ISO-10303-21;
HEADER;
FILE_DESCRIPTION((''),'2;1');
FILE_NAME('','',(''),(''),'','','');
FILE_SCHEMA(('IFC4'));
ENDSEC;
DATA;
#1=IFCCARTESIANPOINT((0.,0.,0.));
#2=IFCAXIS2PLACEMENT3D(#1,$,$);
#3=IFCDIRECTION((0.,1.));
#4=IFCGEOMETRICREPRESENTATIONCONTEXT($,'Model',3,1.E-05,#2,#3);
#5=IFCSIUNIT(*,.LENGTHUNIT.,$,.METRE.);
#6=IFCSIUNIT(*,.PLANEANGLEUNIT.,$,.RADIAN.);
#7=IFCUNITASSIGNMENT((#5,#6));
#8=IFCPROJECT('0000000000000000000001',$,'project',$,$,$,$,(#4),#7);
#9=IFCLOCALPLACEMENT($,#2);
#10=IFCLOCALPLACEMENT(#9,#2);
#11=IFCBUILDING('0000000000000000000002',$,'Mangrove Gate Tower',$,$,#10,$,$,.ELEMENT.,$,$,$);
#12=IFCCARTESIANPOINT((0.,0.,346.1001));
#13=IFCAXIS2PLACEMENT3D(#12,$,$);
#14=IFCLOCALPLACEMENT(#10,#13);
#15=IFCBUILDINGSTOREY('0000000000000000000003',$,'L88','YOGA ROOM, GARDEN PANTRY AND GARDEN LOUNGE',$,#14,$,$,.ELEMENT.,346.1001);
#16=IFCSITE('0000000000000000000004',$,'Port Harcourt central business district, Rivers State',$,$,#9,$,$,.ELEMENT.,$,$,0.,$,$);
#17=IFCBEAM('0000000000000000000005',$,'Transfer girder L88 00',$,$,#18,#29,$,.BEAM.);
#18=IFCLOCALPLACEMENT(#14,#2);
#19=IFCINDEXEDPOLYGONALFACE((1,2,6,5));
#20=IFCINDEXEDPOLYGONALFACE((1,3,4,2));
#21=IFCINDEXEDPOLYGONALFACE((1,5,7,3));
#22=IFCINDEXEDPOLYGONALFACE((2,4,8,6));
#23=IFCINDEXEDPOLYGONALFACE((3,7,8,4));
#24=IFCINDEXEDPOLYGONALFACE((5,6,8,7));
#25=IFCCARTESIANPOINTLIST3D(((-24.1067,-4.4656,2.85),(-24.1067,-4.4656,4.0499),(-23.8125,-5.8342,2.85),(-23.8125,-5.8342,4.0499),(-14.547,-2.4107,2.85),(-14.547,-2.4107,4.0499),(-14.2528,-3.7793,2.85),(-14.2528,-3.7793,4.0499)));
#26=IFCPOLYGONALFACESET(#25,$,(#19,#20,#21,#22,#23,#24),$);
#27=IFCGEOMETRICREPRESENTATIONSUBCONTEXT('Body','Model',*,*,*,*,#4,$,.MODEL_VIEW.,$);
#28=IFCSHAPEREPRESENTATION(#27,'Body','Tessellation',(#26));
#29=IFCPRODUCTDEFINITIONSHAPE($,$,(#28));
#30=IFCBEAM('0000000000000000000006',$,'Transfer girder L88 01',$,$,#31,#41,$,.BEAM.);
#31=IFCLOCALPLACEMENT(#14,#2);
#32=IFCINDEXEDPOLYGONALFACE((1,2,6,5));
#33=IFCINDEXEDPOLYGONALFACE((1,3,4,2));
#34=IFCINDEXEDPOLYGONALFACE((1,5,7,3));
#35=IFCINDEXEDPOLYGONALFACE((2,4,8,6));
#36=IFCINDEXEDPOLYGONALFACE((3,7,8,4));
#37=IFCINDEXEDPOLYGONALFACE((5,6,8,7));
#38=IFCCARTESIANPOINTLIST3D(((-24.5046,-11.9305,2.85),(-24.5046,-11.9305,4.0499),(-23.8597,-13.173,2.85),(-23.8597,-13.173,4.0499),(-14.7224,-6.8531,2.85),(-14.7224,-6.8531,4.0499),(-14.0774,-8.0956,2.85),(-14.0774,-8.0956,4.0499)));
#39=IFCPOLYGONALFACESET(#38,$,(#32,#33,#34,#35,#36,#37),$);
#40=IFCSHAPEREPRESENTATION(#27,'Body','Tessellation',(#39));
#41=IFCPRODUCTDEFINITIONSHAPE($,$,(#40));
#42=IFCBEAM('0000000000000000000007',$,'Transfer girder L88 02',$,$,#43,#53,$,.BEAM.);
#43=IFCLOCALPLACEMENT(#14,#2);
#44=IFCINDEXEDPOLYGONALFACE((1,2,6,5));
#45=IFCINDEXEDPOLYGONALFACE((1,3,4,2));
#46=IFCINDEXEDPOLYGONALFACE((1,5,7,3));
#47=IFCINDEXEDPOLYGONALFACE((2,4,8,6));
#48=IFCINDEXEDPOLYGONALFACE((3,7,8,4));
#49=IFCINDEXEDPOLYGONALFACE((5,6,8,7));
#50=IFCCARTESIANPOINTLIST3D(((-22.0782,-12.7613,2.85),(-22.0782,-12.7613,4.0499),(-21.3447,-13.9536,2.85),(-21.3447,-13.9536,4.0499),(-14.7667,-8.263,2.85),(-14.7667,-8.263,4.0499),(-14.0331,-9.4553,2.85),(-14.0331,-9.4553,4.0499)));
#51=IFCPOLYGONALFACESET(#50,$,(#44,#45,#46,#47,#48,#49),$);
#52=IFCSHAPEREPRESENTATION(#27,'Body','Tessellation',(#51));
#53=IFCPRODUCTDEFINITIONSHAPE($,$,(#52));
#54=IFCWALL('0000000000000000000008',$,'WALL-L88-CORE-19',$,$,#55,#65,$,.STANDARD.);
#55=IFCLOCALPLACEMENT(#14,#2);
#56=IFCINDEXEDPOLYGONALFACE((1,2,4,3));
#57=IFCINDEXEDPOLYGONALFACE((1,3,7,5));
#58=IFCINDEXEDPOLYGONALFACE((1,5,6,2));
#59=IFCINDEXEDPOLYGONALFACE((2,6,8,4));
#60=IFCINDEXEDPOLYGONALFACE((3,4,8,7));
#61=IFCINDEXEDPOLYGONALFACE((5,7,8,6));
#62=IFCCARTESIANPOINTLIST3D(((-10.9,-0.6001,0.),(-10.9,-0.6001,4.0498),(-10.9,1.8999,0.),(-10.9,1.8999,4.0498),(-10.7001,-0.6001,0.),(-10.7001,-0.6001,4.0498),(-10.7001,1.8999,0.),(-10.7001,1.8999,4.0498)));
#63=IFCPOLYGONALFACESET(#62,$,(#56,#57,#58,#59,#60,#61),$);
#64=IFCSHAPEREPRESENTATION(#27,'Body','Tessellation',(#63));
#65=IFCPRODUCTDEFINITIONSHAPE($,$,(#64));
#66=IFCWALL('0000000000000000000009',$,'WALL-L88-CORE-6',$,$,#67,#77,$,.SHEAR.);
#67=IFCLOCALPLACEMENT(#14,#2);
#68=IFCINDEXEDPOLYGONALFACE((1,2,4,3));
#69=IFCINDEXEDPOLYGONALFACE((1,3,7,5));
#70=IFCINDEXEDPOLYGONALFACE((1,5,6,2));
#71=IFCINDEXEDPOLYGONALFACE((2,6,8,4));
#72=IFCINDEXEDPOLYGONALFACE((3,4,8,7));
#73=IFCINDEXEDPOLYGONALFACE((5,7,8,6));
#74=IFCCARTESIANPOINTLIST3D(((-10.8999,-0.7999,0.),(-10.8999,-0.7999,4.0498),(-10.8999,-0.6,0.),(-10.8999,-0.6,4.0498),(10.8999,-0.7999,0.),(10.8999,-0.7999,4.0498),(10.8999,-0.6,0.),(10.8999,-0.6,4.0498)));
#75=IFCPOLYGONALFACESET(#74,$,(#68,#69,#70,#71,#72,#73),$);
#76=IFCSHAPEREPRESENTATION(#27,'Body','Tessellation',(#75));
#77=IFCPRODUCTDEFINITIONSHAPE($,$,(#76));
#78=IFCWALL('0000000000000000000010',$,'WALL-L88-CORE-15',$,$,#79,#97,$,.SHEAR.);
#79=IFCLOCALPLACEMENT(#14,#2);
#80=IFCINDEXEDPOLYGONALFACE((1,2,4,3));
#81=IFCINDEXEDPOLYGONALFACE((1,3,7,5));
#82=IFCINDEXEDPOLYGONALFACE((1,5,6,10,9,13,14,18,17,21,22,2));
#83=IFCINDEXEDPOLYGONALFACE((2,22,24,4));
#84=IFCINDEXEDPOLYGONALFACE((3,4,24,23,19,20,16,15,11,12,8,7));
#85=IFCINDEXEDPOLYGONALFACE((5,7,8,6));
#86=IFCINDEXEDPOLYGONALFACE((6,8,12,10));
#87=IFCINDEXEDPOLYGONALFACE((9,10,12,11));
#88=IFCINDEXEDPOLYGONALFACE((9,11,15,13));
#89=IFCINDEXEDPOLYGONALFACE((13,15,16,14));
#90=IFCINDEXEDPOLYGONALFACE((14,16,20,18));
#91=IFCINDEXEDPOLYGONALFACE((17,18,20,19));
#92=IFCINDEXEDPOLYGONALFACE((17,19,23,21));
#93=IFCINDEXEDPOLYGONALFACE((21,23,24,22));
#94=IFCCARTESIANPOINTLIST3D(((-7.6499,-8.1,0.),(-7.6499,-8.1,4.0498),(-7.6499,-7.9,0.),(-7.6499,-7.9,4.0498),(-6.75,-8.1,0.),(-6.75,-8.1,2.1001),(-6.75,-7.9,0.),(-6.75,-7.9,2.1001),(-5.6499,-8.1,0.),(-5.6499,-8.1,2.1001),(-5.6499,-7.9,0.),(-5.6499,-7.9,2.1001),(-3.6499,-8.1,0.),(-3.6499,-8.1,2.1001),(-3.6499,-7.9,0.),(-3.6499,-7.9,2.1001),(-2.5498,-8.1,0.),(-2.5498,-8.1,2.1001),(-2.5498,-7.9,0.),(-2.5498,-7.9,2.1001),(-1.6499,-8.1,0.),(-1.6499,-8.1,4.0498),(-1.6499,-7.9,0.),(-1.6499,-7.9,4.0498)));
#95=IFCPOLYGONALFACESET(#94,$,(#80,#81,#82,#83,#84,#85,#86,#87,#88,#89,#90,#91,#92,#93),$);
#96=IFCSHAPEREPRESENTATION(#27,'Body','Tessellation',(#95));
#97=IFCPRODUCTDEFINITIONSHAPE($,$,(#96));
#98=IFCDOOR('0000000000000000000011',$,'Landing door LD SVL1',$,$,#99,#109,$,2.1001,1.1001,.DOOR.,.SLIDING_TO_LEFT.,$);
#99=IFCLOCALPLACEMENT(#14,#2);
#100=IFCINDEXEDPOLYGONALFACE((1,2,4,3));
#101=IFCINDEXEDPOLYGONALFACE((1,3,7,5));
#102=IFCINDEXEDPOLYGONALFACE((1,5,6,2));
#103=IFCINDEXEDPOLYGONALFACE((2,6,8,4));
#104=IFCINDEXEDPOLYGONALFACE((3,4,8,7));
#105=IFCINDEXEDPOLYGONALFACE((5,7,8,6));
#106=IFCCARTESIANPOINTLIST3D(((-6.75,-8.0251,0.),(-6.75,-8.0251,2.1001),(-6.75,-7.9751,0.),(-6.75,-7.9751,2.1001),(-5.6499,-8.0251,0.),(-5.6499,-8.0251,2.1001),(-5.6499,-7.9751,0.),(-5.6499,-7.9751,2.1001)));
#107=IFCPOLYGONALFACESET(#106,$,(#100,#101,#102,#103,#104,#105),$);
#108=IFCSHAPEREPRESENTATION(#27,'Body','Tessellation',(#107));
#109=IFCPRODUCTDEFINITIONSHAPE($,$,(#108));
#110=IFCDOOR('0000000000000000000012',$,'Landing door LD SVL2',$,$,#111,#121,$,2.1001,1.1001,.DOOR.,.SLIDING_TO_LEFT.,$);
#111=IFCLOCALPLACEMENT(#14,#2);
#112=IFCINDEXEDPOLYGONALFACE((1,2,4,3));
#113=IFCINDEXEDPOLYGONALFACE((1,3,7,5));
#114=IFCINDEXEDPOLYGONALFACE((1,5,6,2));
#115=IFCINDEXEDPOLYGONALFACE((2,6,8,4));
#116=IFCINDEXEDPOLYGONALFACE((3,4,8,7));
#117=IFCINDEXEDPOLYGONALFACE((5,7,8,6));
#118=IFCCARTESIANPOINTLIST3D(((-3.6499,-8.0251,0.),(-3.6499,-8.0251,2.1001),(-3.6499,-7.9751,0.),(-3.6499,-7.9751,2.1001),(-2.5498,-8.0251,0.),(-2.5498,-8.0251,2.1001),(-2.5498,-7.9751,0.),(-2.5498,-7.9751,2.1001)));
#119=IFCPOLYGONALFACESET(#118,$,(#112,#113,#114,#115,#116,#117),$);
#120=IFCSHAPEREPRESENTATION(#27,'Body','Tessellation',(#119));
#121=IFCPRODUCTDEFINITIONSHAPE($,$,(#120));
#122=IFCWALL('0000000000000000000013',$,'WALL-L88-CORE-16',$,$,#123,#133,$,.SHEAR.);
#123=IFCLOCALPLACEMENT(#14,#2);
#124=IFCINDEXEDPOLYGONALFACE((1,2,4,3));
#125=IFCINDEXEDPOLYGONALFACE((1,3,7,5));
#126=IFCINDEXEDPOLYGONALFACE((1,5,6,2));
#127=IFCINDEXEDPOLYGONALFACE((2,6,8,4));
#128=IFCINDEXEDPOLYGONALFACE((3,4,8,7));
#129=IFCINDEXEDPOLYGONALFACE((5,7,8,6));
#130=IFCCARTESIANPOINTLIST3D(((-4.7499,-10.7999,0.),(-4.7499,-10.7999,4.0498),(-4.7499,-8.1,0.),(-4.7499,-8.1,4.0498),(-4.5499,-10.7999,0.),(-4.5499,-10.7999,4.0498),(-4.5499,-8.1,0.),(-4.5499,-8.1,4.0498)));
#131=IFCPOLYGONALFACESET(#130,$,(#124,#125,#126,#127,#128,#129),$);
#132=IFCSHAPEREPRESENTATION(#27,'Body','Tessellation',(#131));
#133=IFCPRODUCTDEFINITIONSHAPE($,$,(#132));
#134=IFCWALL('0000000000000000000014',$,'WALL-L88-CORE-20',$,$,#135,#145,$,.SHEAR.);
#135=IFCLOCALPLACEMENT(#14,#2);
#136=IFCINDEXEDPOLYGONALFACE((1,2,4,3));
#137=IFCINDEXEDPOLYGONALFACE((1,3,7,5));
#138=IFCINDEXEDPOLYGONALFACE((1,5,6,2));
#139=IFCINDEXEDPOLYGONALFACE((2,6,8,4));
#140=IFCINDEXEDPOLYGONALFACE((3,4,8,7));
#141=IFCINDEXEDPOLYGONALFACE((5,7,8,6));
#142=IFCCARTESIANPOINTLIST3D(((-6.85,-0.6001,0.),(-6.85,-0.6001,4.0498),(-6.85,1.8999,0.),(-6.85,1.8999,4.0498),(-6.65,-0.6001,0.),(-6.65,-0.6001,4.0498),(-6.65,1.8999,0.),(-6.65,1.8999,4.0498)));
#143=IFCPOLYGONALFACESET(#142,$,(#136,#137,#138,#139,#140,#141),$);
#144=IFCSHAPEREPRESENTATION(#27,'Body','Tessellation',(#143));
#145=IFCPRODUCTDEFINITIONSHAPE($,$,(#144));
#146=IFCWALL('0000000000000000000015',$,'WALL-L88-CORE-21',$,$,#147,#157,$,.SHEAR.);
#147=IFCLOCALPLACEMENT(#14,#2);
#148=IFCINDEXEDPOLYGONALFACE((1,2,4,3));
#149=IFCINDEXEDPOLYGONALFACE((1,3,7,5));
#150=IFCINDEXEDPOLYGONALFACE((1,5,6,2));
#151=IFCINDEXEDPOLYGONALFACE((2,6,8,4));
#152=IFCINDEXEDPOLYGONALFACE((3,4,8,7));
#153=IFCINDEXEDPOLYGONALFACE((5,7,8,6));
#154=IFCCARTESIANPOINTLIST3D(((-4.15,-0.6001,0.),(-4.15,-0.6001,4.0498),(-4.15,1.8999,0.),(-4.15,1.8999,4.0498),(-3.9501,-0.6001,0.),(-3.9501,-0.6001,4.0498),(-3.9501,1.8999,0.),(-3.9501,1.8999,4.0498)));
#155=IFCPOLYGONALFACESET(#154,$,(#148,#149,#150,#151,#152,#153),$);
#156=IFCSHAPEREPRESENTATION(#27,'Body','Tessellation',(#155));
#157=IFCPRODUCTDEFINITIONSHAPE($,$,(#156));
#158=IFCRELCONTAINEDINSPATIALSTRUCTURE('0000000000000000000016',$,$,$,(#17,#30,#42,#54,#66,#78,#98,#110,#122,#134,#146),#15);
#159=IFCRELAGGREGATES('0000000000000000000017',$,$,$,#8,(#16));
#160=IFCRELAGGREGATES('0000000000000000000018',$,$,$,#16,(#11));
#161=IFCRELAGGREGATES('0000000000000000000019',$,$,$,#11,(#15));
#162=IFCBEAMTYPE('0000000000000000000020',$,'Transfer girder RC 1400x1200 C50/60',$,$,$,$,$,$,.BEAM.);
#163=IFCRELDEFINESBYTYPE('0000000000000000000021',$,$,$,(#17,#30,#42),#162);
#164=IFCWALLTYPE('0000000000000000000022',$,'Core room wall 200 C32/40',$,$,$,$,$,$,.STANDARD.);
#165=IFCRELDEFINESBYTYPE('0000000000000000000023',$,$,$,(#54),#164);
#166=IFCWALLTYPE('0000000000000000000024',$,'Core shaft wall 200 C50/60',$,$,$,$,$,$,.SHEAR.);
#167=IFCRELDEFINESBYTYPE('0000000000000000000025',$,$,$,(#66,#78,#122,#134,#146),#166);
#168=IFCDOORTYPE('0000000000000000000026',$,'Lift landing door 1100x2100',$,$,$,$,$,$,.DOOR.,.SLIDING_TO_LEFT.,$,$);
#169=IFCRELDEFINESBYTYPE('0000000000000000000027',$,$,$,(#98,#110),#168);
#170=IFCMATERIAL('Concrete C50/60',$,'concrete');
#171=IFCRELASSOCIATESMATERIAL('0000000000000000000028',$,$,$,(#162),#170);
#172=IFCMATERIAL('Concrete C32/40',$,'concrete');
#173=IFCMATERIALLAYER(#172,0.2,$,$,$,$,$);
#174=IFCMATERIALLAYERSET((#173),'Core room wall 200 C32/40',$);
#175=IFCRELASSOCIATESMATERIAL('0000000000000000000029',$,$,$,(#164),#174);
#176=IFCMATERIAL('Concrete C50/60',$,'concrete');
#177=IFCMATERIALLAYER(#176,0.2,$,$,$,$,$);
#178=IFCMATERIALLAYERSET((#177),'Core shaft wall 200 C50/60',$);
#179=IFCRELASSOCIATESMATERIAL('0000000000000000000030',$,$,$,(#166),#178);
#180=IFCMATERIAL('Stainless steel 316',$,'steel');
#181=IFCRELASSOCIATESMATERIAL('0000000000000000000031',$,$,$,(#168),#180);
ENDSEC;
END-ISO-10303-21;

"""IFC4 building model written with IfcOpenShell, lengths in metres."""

from ifc_helpers import new_model, si_unit, direction, frame, frame_2d, origin, origin_2d, place, context, subcontext, project, spatial, rectangle, extrude, material, layer, layer_set, material_profile, profile_set, type_object, element, fill, save


model = new_model("IFC4")

# Units and contexts
model_context = context("Model", 3, precision=1e-05, world=origin(), true_north=direction((0.0, 1.0)))
body_context = subcontext(model_context, "Body", "Model", "MODEL_VIEW")
ifc_project = project(units=[si_unit("LENGTHUNIT", "METRE"), si_unit("PLANEANGLEUNIT", "RADIAN")], contexts=[model_context])

# Site, building, storey
site_placement = place(None, origin())
site = spatial("IfcSite", under=ifc_project, at=site_placement, Name="Port Harcourt central business district, Rivers State", CompositionType="ELEMENT", RefElevation=0.0)
building_placement = place(site_placement, origin())
building = spatial("IfcBuilding", under=site, at=building_placement, Name="Mangrove Gate Tower", CompositionType="ELEMENT")
storey_placement = place(building_placement, frame((0.0, 0.0, 346.1001)))
storey = spatial("IfcBuildingStorey", under=building, at=storey_placement, Name="L88", Description="YOGA ROOM, GARDEN PANTRY AND GARDEN LOUNGE", CompositionType="ELEMENT", Elevation=346.1001)

# Beams
ifc_material_1 = material(Name="Concrete C50/60", Category="concrete")
ifc_material_profile = material_profile(ifc_material_1, rectangle(XDim=1.3999, YDim=1.2, at=origin_2d()))
ifc_profile_set = profile_set([ifc_material_profile], Name="Concrete C50/60")
beam_type = type_object("IfcBeamType", Name="Transfer girder RC 1400x1200 C50/60", PredefinedType="BEAM", material=ifc_profile_set)
beam_1_placement = place(storey_placement, frame((-14.3999, -3.095, 3.45), z_axis=(-0.977668, -0.210155, 0.0), x_axis=(0.210155, -0.977668, 0.0)))
element("IfcBeam", 1, at=beam_1_placement, inside=storey, type_object=beam_type, Name="Transfer girder L88 00", PredefinedType="BEAM", context=body_context, shape_type="SweptSolid", body=[
    extrude(rectangle(XDim=1.3999, YDim=1.2, at=origin_2d()), origin(), (0.0, 0.0, 1.0), 9.7781),
])
beam_2_placement = place(storey_placement, frame((-14.3999, -7.4744, 3.45), z_axis=(-0.887564, -0.460684, 0.0), x_axis=(0.460684, -0.887564, 0.0)))
element("IfcBeam", 2, at=beam_2_placement, inside=storey, type_object=beam_type, Name="Transfer girder L88 01", PredefinedType="BEAM", context=body_context, shape_type="SweptSolid", body=[
    extrude(rectangle(XDim=1.3999, YDim=1.2, at=origin_2d()), origin(), (0.0, 0.0, 1.0), 11.0215),
])
beam_3_placement = place(storey_placement, frame((-14.3999, -8.8591, 3.45), z_axis=(-0.851716, -0.524004, 0.0), x_axis=(0.524004, -0.851716, 0.0)))
element("IfcBeam", 3, at=beam_3_placement, inside=storey, type_object=beam_type, Name="Transfer girder L88 02", PredefinedType="BEAM", context=body_context, shape_type="SweptSolid", body=[
    extrude(rectangle(XDim=1.3999, YDim=1.2, at=origin_2d()), origin(), (0.0, 0.0, 1.0), 8.5845),
])

# Walls
ifc_material_2 = material(Name="Concrete C32/40", Category="concrete")
ifc_layer_1 = layer(ifc_material_2, 0.2)
ifc_layer_set_1 = layer_set([ifc_layer_1], Name="Core room wall 200 C32/40")
wall_type_1 = type_object("IfcWallType", Name="Core room wall 200 C32/40", PredefinedType="STANDARD", material=ifc_layer_set_1)
wall_1_placement = place(storey_placement, frame((-10.8, -0.6001, 0.0), z_axis=(0.0, 0.0, 1.0), x_axis=(0.0, 1.0, 0.0)))
element("IfcWall", 4, at=wall_1_placement, inside=storey, type_object=wall_type_1, Name="WALL-L88-CORE-19", PredefinedType="STANDARD", context=body_context, shape_type="SweptSolid", body=[
    extrude(rectangle(XDim=2.5, YDim=0.2, at=frame_2d((1.25, 0.0))), origin(), (0.0, 0.0, 1.0), 4.0498),
])
ifc_material_3 = material(Name="Concrete C50/60", Category="concrete")
ifc_layer_2 = layer(ifc_material_3, 0.2)
ifc_layer_set_2 = layer_set([ifc_layer_2], Name="Core shaft wall 200 C50/60")
wall_type_2 = type_object("IfcWallType", Name="Core shaft wall 200 C50/60", PredefinedType="SHEAR", material=ifc_layer_set_2)
wall_2_placement = place(storey_placement, frame((-10.8999, -0.7, 0.0), z_axis=(0.0, 0.0, 1.0), x_axis=(1.0, 0.0, 0.0)))
element("IfcWall", 5, at=wall_2_placement, inside=storey, type_object=wall_type_2, Name="WALL-L88-CORE-6", PredefinedType="SHEAR", context=body_context, shape_type="SweptSolid", body=[
    extrude(rectangle(XDim=21.7998, YDim=0.2, at=frame_2d((10.8999, 0.0))), origin(), (0.0, 0.0, 1.0), 4.0498),
])

# Wall, openings, doors
wall_3_placement = place(storey_placement, frame((-7.6499, -8.0, 0.0), z_axis=(0.0, 0.0, 1.0), x_axis=(1.0, 0.0, 0.0)))
wall_3 = element("IfcWall", 6, at=wall_3_placement, inside=storey, type_object=wall_type_2, Name="WALL-L88-CORE-15", PredefinedType="SHEAR", context=body_context, shape_type="SweptSolid", body=[
    extrude(rectangle(XDim=6.0, YDim=0.2, at=frame_2d((3.0, 0.0))), origin(), (0.0, 0.0, 1.0), 4.0498),
])
opening_1_placement = place(wall_3_placement, frame((0.8999, 0.0, 0.0)))
opening_1 = element("IfcOpeningElement", 7, at=opening_1_placement, cuts=wall_3, PredefinedType="OPENING", context=body_context, shape_type="SweptSolid", body=[
    extrude(rectangle(XDim=1.1001, YDim=2.1001, at=frame_2d((0.55, 1.05))), frame((0.0, 0.1099, 0.0), z_axis=(0.0, -1.0, 0.0), x_axis=(1.0, 0.0, 0.0)), (0.0, 0.0, 1.0), 0.22),
])
opening_2_placement = place(wall_3_placement, frame((4.0, 0.0, 0.0)))
opening_2 = element("IfcOpeningElement", 8, at=opening_2_placement, cuts=wall_3, PredefinedType="OPENING", context=body_context, shape_type="SweptSolid", body=[
    extrude(rectangle(XDim=1.1001, YDim=2.1001, at=frame_2d((0.55, 1.05))), frame((0.0, 0.1099, 0.0), z_axis=(0.0, -1.0, 0.0), x_axis=(1.0, 0.0, 0.0)), (0.0, 0.0, 1.0), 0.22),
])
ifc_material_4 = material(Name="Stainless steel 316", Category="steel")
door_type_1 = type_object("IfcDoorType", Name="Lift landing door 1100x2100", OperationType="SLIDING_TO_LEFT", PredefinedType="DOOR", material=ifc_material_4)
door_1_placement = place(opening_1_placement, origin())
door_1 = element("IfcDoor", 9, at=door_1_placement, inside=storey, type_object=door_type_1, Name="Landing door LD SVL1", OperationType="SLIDING_TO_LEFT", OverallHeight=2.1001, OverallWidth=1.1001, PredefinedType="DOOR", context=body_context, shape_type="SweptSolid", body=[
    extrude(rectangle(XDim=1.1001, YDim=2.1001, at=frame_2d((0.55, 1.05))), frame((0.0, 0.0249, 0.0), z_axis=(0.0, -1.0, 0.0), x_axis=(1.0, 0.0, 0.0)), (0.0, 0.0, 1.0), 0.05),
])
fill(opening_1, door_1)
door_2_placement = place(opening_2_placement, origin())
door_2 = element("IfcDoor", 10, at=door_2_placement, inside=storey, type_object=door_type_1, Name="Landing door LD SVL2", OperationType="SLIDING_TO_LEFT", OverallHeight=2.1001, OverallWidth=1.1001, PredefinedType="DOOR", context=body_context, shape_type="SweptSolid", body=[
    extrude(rectangle(XDim=1.1001, YDim=2.1001, at=frame_2d((0.55, 1.05))), frame((0.0, 0.0249, 0.0), z_axis=(0.0, -1.0, 0.0), x_axis=(1.0, 0.0, 0.0)), (0.0, 0.0, 1.0), 0.05),
])
fill(opening_2, door_2)

# Walls
wall_4_placement = place(storey_placement, frame((-4.6499, -10.8, 0.0), z_axis=(0.0, 0.0, 1.0), x_axis=(0.0, 1.0, 0.0)))
element("IfcWall", 11, at=wall_4_placement, inside=storey, type_object=wall_type_2, Name="WALL-L88-CORE-16", PredefinedType="SHEAR", context=body_context, shape_type="SweptSolid", body=[
    extrude(rectangle(XDim=2.7, YDim=0.2, at=frame_2d((1.3501, 0.0))), origin(), (0.0, 0.0, 1.0), 4.0498),
])
for number, where, z_axis, x_axis, name in (
    (12, (-6.75, -0.6001, 0.0), (0.0, 0.0, 1.0), (0.0, 1.0, 0.0), "WALL-L88-CORE-20"),
    (13, (-4.05, -0.6001, 0.0), (0.0, 0.0, 1.0), (0.0, 1.0, 0.0), "WALL-L88-CORE-21"),
):
    element("IfcWall", number, at=place(storey_placement, frame(where, z_axis=z_axis, x_axis=x_axis)), inside=storey, type_object=wall_type_2, Name=name, PredefinedType="SHEAR", context=body_context, shape_type="SweptSolid", body=[
        extrude(rectangle(XDim=2.5, YDim=0.2, at=frame_2d((1.25, 0.0))), origin(), (0.0, 0.0, 1.0), 4.0498),
    ])

save(model, "model.ifc")
